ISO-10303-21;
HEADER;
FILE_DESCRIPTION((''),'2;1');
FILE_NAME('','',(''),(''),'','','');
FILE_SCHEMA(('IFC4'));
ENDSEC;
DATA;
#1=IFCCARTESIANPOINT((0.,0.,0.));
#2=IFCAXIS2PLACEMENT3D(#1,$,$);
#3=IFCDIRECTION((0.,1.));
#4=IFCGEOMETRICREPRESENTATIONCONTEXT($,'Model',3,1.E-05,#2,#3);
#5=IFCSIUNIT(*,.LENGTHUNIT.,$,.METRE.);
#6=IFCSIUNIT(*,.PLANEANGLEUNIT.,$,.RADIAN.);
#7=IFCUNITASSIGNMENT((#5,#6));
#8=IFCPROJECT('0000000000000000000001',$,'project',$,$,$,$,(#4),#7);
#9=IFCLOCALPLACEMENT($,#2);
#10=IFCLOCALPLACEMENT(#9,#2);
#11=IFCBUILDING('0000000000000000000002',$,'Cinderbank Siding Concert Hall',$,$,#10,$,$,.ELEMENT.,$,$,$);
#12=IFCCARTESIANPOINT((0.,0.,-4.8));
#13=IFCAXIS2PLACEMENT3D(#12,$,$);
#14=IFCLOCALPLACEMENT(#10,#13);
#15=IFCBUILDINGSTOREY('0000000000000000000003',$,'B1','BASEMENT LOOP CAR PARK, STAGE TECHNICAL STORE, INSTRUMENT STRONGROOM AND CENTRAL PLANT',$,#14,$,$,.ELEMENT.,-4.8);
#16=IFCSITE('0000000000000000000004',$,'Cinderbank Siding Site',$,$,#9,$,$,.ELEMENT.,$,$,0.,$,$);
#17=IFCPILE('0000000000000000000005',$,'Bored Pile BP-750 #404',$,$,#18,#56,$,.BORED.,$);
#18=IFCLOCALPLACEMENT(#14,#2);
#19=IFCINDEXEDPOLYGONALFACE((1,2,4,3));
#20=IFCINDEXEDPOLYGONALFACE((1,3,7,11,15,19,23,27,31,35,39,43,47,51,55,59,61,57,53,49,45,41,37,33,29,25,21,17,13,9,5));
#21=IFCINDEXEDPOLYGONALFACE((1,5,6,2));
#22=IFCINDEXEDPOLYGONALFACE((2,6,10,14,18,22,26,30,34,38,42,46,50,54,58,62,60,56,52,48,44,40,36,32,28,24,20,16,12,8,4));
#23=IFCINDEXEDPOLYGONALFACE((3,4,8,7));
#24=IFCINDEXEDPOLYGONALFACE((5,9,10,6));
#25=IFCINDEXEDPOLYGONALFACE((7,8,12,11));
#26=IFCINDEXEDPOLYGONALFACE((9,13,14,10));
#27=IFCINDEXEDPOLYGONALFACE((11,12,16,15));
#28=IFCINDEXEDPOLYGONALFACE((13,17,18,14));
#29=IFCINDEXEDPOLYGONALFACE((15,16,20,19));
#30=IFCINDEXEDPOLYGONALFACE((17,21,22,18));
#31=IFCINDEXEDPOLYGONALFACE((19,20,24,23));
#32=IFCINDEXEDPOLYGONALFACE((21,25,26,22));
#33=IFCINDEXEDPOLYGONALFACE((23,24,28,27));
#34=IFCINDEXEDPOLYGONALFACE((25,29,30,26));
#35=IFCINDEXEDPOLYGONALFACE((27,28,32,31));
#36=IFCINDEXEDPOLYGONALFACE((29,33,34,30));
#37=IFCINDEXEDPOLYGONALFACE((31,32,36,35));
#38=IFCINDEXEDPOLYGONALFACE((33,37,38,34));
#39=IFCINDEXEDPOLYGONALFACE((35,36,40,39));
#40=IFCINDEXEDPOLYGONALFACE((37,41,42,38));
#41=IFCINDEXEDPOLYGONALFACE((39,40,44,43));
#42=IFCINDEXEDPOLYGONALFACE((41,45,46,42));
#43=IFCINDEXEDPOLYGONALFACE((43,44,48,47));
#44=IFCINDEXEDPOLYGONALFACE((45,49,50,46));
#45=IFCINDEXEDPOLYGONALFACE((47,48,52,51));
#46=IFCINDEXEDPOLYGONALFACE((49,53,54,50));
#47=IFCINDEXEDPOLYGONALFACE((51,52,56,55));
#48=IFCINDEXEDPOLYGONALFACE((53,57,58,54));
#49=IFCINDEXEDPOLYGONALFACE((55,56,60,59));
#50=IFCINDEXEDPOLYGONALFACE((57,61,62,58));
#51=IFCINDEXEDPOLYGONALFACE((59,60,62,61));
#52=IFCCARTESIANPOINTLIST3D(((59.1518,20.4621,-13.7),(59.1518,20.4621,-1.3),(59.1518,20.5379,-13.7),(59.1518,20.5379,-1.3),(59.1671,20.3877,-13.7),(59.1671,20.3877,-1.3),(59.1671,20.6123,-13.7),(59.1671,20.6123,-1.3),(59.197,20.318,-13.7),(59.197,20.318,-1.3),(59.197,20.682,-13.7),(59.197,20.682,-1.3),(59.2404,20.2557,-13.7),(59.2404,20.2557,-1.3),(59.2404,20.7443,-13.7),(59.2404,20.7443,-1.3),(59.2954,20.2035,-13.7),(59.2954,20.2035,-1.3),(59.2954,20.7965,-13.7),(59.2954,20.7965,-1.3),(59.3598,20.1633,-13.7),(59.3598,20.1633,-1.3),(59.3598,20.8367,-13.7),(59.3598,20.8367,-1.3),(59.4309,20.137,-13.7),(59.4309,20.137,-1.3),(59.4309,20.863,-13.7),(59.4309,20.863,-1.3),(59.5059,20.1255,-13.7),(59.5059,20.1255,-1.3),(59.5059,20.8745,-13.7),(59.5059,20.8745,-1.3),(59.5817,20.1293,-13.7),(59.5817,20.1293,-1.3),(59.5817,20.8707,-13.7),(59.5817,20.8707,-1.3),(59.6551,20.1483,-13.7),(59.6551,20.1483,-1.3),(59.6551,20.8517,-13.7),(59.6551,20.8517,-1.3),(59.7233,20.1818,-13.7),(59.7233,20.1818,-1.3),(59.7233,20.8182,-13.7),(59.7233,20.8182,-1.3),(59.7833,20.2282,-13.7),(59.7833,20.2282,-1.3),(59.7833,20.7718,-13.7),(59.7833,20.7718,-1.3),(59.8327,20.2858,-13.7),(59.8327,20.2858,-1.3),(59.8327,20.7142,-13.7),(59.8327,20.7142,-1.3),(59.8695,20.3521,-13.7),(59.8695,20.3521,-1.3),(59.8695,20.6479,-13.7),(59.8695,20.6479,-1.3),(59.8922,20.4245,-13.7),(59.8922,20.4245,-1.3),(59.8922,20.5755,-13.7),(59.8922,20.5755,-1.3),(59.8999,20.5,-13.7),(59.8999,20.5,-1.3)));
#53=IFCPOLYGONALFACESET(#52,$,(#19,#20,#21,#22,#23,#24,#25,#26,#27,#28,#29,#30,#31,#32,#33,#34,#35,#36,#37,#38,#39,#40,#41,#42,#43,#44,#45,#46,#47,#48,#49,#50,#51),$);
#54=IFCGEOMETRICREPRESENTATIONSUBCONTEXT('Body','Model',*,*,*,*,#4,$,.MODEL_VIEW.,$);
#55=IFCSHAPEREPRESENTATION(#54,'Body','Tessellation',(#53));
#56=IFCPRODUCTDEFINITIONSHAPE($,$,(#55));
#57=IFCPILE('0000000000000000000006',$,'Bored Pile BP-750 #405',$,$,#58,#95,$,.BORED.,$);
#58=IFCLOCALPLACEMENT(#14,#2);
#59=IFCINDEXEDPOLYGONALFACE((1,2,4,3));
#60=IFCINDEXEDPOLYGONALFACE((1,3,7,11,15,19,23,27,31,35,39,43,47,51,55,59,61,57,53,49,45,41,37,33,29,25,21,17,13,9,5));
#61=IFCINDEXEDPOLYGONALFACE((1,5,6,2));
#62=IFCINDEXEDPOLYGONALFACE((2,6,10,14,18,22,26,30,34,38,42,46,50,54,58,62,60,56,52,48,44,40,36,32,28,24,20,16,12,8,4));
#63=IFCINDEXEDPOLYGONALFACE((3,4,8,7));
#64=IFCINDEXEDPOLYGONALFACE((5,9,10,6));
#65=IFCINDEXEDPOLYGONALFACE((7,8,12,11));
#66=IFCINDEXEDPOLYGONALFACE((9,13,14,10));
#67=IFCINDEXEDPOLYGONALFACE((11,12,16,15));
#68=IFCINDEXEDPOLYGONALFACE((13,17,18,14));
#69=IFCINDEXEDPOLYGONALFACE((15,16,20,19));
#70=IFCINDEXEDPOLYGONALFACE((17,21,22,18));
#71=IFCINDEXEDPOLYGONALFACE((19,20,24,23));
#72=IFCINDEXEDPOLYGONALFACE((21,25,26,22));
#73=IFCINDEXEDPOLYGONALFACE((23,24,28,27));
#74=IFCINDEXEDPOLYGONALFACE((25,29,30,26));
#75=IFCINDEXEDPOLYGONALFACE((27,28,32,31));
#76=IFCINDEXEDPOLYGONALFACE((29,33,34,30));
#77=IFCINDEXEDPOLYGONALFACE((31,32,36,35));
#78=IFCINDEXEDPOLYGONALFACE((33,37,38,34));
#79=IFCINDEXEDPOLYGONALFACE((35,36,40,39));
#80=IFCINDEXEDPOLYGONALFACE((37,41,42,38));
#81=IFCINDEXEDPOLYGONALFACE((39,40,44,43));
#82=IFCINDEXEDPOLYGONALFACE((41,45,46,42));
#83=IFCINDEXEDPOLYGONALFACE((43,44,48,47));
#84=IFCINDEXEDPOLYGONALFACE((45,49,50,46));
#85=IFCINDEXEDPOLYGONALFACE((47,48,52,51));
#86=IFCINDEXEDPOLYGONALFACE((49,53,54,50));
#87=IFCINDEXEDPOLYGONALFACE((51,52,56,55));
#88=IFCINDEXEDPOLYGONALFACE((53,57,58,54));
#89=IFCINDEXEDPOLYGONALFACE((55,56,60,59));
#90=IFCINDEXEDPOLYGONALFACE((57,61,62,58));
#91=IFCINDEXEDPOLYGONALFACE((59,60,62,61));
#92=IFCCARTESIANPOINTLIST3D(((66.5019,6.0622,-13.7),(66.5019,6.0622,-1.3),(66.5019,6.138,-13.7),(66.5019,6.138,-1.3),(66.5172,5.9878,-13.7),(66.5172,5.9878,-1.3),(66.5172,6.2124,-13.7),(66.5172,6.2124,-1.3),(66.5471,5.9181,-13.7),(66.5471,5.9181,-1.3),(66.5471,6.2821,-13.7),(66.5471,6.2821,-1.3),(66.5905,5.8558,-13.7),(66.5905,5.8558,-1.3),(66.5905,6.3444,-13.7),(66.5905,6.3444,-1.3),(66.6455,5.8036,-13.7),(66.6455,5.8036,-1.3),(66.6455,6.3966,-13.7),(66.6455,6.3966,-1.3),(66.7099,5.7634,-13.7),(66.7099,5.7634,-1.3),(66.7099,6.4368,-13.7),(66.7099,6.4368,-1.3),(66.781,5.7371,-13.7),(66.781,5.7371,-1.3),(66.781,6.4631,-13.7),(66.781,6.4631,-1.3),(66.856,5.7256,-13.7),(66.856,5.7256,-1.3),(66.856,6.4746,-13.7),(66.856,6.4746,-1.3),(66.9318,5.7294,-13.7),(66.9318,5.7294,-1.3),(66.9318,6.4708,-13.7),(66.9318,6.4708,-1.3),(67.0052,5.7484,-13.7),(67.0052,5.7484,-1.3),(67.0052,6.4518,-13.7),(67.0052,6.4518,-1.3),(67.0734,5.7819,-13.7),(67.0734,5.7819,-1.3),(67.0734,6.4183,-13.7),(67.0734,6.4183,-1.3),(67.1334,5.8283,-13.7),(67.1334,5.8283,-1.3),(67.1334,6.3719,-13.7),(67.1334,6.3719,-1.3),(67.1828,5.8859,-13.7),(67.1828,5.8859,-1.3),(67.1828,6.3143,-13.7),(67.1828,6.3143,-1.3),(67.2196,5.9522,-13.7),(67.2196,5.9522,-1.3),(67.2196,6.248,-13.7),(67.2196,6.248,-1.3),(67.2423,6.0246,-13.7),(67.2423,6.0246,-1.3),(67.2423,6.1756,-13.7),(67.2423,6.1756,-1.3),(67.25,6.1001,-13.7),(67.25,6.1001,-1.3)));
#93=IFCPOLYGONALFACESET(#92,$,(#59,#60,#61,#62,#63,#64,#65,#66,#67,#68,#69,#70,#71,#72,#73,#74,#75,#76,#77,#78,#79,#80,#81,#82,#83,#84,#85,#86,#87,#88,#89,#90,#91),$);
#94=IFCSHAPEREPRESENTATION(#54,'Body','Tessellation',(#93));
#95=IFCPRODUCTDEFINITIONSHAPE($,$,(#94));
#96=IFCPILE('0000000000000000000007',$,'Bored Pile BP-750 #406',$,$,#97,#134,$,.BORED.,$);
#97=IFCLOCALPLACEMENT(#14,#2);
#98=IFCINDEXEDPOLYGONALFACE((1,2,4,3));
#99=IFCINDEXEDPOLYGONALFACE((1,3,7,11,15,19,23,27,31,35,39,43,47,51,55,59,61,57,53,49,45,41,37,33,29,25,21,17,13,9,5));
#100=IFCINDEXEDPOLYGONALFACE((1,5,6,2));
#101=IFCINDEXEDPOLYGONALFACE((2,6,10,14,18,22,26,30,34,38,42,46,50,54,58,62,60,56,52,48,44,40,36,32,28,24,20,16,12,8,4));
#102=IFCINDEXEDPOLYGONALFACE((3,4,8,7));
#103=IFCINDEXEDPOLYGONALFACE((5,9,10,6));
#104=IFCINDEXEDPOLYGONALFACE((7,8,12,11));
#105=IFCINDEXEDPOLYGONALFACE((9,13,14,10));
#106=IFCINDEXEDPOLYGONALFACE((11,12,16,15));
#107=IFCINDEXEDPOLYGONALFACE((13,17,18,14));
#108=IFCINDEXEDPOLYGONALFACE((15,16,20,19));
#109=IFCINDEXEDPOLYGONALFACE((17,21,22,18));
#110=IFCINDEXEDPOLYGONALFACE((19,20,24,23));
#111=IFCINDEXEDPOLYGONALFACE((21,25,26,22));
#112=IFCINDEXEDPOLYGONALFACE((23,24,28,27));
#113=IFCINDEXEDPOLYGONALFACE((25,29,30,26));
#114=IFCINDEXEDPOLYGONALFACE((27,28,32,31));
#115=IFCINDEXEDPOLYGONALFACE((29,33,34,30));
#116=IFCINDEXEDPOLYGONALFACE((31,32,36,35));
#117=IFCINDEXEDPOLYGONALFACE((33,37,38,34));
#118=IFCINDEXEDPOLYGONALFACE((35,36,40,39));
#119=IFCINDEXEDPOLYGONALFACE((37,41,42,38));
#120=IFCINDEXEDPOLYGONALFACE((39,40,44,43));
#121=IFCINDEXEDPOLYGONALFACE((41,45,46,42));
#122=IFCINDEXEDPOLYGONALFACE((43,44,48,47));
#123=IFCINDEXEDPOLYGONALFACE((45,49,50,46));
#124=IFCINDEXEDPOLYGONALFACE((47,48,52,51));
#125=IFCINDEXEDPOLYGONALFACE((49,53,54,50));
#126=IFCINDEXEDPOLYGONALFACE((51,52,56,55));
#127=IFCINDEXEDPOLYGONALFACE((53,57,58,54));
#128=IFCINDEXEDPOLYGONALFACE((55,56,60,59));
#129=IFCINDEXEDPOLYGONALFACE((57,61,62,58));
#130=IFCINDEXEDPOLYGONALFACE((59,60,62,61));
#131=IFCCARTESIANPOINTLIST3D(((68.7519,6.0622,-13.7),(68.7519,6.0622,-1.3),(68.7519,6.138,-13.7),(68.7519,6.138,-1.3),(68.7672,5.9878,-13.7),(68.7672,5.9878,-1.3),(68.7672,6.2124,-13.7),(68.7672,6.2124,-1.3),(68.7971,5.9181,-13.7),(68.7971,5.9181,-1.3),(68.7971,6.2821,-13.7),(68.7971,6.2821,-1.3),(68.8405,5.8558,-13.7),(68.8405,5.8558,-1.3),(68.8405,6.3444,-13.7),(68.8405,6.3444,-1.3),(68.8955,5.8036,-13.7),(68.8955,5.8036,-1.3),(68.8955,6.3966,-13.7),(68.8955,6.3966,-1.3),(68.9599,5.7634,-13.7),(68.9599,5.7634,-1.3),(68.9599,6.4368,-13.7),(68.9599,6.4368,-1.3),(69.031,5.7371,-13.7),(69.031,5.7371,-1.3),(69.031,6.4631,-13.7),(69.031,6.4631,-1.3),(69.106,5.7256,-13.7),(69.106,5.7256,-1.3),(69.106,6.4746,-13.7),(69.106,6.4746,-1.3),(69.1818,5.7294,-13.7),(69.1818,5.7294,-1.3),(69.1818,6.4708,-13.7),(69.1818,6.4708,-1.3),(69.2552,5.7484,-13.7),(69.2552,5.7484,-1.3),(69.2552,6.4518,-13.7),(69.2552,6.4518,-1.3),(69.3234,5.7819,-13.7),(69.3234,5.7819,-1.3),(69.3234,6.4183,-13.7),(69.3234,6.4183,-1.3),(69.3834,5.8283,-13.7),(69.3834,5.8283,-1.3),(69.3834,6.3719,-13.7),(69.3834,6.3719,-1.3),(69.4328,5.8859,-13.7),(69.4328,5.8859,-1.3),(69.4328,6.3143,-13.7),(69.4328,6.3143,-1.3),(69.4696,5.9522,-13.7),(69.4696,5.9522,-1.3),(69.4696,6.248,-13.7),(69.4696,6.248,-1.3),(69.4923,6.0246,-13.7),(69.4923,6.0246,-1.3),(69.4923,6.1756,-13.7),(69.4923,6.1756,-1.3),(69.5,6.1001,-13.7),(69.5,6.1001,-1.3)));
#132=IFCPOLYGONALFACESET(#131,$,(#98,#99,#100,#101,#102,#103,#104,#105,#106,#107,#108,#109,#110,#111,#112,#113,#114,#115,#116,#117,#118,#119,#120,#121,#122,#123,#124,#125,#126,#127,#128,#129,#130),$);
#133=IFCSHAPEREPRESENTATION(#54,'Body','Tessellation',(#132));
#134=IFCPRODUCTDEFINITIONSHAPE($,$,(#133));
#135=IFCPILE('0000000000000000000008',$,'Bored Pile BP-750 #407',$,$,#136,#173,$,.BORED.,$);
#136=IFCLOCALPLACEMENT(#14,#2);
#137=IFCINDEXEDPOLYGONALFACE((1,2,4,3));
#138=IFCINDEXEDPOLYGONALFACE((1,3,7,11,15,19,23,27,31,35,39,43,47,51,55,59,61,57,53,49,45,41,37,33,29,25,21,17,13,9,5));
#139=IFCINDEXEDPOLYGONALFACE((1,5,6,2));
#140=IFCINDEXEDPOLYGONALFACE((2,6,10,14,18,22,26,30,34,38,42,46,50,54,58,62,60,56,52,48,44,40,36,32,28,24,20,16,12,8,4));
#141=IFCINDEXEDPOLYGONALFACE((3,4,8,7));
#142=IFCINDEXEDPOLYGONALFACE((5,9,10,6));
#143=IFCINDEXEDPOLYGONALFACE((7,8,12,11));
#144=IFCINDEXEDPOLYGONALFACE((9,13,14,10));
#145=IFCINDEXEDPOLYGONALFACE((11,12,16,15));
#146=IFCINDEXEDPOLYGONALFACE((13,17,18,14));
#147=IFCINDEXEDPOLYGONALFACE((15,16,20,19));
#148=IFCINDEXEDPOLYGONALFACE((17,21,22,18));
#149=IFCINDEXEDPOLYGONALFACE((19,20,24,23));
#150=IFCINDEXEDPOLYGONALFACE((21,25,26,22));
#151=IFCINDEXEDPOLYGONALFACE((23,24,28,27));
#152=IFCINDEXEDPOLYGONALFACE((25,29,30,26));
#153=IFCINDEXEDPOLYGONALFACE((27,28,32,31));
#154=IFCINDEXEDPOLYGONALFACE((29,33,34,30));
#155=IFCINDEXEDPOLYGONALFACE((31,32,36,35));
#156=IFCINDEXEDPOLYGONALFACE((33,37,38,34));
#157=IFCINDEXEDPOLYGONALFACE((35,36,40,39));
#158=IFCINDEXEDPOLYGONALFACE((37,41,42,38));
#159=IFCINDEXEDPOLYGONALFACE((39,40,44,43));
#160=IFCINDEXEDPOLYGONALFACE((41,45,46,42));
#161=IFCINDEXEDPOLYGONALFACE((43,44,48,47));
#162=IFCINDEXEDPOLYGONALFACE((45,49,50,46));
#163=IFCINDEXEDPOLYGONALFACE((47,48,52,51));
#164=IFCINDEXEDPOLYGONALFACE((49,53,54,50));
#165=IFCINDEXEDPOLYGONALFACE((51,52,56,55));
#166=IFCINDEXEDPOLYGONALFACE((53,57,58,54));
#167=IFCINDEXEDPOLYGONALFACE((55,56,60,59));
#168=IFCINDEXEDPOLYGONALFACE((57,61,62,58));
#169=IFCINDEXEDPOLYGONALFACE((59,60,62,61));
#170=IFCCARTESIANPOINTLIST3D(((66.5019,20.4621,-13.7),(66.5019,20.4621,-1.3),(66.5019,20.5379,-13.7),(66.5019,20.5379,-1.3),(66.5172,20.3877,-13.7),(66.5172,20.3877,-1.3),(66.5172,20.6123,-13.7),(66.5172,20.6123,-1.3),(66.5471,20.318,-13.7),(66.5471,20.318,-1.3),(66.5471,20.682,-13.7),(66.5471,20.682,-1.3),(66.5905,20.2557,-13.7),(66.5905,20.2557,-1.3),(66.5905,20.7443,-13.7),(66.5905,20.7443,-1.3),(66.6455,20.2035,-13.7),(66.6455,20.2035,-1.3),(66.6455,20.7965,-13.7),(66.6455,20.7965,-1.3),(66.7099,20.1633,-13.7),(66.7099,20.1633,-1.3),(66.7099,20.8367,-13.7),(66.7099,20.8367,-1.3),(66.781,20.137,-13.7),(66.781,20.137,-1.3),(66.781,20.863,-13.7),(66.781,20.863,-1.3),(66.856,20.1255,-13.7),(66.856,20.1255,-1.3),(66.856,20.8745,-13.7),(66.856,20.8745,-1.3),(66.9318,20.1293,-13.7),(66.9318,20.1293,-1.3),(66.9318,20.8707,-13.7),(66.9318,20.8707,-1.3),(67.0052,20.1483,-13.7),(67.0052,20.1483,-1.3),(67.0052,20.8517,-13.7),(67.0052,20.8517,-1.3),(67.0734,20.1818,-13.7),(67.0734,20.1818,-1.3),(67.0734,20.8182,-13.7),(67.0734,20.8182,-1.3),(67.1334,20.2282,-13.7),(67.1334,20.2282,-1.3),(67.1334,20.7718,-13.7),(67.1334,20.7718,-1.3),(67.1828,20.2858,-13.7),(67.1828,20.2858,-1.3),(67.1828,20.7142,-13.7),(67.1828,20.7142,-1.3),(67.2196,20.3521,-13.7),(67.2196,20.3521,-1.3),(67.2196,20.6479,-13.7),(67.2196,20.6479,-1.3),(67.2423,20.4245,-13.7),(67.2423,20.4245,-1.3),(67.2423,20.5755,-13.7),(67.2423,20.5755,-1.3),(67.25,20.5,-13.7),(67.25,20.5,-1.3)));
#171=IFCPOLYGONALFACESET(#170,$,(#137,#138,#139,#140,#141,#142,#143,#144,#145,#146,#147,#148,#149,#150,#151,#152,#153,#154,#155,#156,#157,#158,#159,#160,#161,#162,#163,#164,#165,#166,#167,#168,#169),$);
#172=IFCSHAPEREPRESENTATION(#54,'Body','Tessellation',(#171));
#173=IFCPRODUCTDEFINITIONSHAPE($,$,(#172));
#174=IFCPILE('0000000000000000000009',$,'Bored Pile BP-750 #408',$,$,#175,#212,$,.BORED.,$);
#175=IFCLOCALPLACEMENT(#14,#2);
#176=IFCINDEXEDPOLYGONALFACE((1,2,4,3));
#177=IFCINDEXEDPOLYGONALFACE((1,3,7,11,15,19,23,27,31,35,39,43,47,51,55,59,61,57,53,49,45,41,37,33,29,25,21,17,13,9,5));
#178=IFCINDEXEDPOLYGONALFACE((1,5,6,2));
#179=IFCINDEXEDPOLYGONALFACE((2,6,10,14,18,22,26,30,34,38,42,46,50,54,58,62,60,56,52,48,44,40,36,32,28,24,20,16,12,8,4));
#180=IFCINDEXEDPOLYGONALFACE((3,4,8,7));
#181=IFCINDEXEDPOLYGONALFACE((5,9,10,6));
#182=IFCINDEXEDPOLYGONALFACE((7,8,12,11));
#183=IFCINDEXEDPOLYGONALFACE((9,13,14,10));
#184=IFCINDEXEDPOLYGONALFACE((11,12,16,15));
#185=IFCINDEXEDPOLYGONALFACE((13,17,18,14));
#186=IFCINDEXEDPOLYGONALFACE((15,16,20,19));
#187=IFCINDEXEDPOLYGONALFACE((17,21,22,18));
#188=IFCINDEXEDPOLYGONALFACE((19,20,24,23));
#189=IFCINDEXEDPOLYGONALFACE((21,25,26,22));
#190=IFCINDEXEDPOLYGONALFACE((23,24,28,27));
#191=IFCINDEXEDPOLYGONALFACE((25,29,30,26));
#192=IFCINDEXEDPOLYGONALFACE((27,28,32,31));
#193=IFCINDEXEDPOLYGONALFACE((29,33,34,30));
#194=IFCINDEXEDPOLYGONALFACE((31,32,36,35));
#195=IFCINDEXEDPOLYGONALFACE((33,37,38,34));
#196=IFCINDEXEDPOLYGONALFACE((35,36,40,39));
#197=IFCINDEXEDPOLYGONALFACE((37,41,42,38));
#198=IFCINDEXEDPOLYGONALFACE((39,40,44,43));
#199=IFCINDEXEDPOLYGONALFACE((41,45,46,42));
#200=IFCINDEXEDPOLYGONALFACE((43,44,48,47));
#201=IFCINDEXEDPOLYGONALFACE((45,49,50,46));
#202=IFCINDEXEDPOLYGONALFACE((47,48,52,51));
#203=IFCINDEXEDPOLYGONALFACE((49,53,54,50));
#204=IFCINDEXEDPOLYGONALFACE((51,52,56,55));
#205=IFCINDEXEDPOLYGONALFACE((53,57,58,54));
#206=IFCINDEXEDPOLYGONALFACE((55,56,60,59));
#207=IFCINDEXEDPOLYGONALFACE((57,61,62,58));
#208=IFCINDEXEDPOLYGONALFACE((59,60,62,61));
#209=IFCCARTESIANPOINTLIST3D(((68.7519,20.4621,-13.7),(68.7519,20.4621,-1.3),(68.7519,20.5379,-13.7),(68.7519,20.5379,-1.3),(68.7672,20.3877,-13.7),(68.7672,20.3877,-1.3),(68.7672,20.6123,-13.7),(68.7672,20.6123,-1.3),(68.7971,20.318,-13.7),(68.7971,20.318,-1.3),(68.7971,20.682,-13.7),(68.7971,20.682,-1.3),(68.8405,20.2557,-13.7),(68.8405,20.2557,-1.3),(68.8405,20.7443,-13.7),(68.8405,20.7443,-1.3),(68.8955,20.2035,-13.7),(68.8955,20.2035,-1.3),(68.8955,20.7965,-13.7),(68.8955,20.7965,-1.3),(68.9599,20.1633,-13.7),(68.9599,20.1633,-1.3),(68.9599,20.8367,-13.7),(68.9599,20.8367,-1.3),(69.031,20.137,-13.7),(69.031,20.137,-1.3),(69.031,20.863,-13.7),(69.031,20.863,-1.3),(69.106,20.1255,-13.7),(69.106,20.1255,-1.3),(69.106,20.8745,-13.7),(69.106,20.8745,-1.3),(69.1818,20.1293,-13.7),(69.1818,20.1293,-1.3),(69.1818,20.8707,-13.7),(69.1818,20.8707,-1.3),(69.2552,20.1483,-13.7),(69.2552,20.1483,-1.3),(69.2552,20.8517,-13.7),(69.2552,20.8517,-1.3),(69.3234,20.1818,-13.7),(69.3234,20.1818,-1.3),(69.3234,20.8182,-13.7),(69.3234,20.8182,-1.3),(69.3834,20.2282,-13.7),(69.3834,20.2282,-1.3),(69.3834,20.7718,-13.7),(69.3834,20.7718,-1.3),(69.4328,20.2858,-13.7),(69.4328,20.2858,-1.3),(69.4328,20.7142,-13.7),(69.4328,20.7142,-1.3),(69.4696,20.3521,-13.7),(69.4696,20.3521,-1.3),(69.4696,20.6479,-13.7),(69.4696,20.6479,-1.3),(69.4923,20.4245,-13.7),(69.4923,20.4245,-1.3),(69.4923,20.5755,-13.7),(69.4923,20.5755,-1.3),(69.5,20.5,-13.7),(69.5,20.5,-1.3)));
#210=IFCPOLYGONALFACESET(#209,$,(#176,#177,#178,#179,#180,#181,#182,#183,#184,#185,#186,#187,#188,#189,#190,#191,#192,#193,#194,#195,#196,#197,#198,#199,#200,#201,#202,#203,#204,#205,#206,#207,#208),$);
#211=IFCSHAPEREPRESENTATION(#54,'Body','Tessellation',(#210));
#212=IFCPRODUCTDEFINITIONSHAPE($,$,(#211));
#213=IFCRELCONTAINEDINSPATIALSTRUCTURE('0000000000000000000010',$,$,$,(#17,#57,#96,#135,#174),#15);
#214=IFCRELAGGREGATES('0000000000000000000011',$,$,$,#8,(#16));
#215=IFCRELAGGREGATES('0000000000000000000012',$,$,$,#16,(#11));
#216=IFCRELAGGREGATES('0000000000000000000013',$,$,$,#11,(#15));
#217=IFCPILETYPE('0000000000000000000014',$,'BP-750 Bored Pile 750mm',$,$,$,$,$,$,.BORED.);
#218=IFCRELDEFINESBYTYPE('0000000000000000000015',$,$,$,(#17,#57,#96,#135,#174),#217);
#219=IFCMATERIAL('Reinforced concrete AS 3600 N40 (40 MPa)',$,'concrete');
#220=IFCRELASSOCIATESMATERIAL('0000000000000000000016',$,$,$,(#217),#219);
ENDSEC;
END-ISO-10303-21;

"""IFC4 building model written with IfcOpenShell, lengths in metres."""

from ifc_helpers import new_model, si_unit, direction, frame, origin, origin_2d, place, context, subcontext, project, spatial, circle, extrude, material, material_profile, profile_set, type_object, element, save


model = new_model("IFC4")

# Units and contexts
model_context = context("Model", 3, precision=1e-05, world=origin(), true_north=direction((0.0, 1.0)))
body_context = subcontext(model_context, "Body", "Model", "MODEL_VIEW")
ifc_project = project(units=[si_unit("LENGTHUNIT", "METRE"), si_unit("PLANEANGLEUNIT", "RADIAN")], contexts=[model_context])

# Site, building, storey
site_placement = place(None, origin())
site = spatial("IfcSite", under=ifc_project, at=site_placement, Name="Cinderbank Siding Site", CompositionType="ELEMENT", RefElevation=0.0)
building_placement = place(site_placement, origin())
building = spatial("IfcBuilding", under=site, at=building_placement, Name="Cinderbank Siding Concert Hall", CompositionType="ELEMENT")
storey_placement = place(building_placement, frame((0.0, 0.0, -4.8)))
storey = spatial("IfcBuildingStorey", under=building, at=storey_placement, Name="B1", Description="BASEMENT LOOP CAR PARK, STAGE TECHNICAL STORE, INSTRUMENT STRONGROOM AND CENTRAL PLANT", CompositionType="ELEMENT", Elevation=-4.8)

# Piles
ifc_material_1 = material(Name="Reinforced concrete AS 3600 N40 (40 MPa)", Category="concrete")
ifc_material_profile_1 = material_profile(ifc_material_1, circle(Radius=0.375, at=origin_2d()), Name="PILE-750DIA", Category="LoadBearing")
ifc_profile_set_1 = profile_set([ifc_material_profile_1], Name="Reinforced concrete AS 3600 N40 (40 MPa)")
pile_type = type_object("IfcPileType", Name="BP-750 Bored Pile 750mm", PredefinedType="BORED", material=ifc_profile_set_1)
for number, where, z_axis, x_axis, name in (
    (1, (59.5249, 20.5, -1.3), (0.0, 0.0, -1.0), (1.0, 0.0, 0.0), "Bored Pile BP-750 #404"),
    (2, (66.875, 6.1001, -1.3), (0.0, 0.0, -1.0), (1.0, 0.0, 0.0), "Bored Pile BP-750 #405"),
    (3, (69.125, 6.1001, -1.3), (0.0, 0.0, -1.0), (1.0, 0.0, 0.0), "Bored Pile BP-750 #406"),
    (4, (66.875, 20.5, -1.3), (0.0, 0.0, -1.0), (1.0, 0.0, 0.0), "Bored Pile BP-750 #407"),
    (5, (69.125, 20.5, -1.3), (0.0, 0.0, -1.0), (1.0, 0.0, 0.0), "Bored Pile BP-750 #408"),
):
    element("IfcPile", number, at=place(storey_placement, frame(where, z_axis=z_axis, x_axis=x_axis)), inside=storey, type_object=pile_type, Name=name, PredefinedType="BORED", context=body_context, shape_type="SweptSolid", body=[
        extrude(circle(Radius=0.375, at=origin_2d()), origin(), (0.0, 0.0, 1.0), 12.3999),
    ])

save(model, "model.ifc")
